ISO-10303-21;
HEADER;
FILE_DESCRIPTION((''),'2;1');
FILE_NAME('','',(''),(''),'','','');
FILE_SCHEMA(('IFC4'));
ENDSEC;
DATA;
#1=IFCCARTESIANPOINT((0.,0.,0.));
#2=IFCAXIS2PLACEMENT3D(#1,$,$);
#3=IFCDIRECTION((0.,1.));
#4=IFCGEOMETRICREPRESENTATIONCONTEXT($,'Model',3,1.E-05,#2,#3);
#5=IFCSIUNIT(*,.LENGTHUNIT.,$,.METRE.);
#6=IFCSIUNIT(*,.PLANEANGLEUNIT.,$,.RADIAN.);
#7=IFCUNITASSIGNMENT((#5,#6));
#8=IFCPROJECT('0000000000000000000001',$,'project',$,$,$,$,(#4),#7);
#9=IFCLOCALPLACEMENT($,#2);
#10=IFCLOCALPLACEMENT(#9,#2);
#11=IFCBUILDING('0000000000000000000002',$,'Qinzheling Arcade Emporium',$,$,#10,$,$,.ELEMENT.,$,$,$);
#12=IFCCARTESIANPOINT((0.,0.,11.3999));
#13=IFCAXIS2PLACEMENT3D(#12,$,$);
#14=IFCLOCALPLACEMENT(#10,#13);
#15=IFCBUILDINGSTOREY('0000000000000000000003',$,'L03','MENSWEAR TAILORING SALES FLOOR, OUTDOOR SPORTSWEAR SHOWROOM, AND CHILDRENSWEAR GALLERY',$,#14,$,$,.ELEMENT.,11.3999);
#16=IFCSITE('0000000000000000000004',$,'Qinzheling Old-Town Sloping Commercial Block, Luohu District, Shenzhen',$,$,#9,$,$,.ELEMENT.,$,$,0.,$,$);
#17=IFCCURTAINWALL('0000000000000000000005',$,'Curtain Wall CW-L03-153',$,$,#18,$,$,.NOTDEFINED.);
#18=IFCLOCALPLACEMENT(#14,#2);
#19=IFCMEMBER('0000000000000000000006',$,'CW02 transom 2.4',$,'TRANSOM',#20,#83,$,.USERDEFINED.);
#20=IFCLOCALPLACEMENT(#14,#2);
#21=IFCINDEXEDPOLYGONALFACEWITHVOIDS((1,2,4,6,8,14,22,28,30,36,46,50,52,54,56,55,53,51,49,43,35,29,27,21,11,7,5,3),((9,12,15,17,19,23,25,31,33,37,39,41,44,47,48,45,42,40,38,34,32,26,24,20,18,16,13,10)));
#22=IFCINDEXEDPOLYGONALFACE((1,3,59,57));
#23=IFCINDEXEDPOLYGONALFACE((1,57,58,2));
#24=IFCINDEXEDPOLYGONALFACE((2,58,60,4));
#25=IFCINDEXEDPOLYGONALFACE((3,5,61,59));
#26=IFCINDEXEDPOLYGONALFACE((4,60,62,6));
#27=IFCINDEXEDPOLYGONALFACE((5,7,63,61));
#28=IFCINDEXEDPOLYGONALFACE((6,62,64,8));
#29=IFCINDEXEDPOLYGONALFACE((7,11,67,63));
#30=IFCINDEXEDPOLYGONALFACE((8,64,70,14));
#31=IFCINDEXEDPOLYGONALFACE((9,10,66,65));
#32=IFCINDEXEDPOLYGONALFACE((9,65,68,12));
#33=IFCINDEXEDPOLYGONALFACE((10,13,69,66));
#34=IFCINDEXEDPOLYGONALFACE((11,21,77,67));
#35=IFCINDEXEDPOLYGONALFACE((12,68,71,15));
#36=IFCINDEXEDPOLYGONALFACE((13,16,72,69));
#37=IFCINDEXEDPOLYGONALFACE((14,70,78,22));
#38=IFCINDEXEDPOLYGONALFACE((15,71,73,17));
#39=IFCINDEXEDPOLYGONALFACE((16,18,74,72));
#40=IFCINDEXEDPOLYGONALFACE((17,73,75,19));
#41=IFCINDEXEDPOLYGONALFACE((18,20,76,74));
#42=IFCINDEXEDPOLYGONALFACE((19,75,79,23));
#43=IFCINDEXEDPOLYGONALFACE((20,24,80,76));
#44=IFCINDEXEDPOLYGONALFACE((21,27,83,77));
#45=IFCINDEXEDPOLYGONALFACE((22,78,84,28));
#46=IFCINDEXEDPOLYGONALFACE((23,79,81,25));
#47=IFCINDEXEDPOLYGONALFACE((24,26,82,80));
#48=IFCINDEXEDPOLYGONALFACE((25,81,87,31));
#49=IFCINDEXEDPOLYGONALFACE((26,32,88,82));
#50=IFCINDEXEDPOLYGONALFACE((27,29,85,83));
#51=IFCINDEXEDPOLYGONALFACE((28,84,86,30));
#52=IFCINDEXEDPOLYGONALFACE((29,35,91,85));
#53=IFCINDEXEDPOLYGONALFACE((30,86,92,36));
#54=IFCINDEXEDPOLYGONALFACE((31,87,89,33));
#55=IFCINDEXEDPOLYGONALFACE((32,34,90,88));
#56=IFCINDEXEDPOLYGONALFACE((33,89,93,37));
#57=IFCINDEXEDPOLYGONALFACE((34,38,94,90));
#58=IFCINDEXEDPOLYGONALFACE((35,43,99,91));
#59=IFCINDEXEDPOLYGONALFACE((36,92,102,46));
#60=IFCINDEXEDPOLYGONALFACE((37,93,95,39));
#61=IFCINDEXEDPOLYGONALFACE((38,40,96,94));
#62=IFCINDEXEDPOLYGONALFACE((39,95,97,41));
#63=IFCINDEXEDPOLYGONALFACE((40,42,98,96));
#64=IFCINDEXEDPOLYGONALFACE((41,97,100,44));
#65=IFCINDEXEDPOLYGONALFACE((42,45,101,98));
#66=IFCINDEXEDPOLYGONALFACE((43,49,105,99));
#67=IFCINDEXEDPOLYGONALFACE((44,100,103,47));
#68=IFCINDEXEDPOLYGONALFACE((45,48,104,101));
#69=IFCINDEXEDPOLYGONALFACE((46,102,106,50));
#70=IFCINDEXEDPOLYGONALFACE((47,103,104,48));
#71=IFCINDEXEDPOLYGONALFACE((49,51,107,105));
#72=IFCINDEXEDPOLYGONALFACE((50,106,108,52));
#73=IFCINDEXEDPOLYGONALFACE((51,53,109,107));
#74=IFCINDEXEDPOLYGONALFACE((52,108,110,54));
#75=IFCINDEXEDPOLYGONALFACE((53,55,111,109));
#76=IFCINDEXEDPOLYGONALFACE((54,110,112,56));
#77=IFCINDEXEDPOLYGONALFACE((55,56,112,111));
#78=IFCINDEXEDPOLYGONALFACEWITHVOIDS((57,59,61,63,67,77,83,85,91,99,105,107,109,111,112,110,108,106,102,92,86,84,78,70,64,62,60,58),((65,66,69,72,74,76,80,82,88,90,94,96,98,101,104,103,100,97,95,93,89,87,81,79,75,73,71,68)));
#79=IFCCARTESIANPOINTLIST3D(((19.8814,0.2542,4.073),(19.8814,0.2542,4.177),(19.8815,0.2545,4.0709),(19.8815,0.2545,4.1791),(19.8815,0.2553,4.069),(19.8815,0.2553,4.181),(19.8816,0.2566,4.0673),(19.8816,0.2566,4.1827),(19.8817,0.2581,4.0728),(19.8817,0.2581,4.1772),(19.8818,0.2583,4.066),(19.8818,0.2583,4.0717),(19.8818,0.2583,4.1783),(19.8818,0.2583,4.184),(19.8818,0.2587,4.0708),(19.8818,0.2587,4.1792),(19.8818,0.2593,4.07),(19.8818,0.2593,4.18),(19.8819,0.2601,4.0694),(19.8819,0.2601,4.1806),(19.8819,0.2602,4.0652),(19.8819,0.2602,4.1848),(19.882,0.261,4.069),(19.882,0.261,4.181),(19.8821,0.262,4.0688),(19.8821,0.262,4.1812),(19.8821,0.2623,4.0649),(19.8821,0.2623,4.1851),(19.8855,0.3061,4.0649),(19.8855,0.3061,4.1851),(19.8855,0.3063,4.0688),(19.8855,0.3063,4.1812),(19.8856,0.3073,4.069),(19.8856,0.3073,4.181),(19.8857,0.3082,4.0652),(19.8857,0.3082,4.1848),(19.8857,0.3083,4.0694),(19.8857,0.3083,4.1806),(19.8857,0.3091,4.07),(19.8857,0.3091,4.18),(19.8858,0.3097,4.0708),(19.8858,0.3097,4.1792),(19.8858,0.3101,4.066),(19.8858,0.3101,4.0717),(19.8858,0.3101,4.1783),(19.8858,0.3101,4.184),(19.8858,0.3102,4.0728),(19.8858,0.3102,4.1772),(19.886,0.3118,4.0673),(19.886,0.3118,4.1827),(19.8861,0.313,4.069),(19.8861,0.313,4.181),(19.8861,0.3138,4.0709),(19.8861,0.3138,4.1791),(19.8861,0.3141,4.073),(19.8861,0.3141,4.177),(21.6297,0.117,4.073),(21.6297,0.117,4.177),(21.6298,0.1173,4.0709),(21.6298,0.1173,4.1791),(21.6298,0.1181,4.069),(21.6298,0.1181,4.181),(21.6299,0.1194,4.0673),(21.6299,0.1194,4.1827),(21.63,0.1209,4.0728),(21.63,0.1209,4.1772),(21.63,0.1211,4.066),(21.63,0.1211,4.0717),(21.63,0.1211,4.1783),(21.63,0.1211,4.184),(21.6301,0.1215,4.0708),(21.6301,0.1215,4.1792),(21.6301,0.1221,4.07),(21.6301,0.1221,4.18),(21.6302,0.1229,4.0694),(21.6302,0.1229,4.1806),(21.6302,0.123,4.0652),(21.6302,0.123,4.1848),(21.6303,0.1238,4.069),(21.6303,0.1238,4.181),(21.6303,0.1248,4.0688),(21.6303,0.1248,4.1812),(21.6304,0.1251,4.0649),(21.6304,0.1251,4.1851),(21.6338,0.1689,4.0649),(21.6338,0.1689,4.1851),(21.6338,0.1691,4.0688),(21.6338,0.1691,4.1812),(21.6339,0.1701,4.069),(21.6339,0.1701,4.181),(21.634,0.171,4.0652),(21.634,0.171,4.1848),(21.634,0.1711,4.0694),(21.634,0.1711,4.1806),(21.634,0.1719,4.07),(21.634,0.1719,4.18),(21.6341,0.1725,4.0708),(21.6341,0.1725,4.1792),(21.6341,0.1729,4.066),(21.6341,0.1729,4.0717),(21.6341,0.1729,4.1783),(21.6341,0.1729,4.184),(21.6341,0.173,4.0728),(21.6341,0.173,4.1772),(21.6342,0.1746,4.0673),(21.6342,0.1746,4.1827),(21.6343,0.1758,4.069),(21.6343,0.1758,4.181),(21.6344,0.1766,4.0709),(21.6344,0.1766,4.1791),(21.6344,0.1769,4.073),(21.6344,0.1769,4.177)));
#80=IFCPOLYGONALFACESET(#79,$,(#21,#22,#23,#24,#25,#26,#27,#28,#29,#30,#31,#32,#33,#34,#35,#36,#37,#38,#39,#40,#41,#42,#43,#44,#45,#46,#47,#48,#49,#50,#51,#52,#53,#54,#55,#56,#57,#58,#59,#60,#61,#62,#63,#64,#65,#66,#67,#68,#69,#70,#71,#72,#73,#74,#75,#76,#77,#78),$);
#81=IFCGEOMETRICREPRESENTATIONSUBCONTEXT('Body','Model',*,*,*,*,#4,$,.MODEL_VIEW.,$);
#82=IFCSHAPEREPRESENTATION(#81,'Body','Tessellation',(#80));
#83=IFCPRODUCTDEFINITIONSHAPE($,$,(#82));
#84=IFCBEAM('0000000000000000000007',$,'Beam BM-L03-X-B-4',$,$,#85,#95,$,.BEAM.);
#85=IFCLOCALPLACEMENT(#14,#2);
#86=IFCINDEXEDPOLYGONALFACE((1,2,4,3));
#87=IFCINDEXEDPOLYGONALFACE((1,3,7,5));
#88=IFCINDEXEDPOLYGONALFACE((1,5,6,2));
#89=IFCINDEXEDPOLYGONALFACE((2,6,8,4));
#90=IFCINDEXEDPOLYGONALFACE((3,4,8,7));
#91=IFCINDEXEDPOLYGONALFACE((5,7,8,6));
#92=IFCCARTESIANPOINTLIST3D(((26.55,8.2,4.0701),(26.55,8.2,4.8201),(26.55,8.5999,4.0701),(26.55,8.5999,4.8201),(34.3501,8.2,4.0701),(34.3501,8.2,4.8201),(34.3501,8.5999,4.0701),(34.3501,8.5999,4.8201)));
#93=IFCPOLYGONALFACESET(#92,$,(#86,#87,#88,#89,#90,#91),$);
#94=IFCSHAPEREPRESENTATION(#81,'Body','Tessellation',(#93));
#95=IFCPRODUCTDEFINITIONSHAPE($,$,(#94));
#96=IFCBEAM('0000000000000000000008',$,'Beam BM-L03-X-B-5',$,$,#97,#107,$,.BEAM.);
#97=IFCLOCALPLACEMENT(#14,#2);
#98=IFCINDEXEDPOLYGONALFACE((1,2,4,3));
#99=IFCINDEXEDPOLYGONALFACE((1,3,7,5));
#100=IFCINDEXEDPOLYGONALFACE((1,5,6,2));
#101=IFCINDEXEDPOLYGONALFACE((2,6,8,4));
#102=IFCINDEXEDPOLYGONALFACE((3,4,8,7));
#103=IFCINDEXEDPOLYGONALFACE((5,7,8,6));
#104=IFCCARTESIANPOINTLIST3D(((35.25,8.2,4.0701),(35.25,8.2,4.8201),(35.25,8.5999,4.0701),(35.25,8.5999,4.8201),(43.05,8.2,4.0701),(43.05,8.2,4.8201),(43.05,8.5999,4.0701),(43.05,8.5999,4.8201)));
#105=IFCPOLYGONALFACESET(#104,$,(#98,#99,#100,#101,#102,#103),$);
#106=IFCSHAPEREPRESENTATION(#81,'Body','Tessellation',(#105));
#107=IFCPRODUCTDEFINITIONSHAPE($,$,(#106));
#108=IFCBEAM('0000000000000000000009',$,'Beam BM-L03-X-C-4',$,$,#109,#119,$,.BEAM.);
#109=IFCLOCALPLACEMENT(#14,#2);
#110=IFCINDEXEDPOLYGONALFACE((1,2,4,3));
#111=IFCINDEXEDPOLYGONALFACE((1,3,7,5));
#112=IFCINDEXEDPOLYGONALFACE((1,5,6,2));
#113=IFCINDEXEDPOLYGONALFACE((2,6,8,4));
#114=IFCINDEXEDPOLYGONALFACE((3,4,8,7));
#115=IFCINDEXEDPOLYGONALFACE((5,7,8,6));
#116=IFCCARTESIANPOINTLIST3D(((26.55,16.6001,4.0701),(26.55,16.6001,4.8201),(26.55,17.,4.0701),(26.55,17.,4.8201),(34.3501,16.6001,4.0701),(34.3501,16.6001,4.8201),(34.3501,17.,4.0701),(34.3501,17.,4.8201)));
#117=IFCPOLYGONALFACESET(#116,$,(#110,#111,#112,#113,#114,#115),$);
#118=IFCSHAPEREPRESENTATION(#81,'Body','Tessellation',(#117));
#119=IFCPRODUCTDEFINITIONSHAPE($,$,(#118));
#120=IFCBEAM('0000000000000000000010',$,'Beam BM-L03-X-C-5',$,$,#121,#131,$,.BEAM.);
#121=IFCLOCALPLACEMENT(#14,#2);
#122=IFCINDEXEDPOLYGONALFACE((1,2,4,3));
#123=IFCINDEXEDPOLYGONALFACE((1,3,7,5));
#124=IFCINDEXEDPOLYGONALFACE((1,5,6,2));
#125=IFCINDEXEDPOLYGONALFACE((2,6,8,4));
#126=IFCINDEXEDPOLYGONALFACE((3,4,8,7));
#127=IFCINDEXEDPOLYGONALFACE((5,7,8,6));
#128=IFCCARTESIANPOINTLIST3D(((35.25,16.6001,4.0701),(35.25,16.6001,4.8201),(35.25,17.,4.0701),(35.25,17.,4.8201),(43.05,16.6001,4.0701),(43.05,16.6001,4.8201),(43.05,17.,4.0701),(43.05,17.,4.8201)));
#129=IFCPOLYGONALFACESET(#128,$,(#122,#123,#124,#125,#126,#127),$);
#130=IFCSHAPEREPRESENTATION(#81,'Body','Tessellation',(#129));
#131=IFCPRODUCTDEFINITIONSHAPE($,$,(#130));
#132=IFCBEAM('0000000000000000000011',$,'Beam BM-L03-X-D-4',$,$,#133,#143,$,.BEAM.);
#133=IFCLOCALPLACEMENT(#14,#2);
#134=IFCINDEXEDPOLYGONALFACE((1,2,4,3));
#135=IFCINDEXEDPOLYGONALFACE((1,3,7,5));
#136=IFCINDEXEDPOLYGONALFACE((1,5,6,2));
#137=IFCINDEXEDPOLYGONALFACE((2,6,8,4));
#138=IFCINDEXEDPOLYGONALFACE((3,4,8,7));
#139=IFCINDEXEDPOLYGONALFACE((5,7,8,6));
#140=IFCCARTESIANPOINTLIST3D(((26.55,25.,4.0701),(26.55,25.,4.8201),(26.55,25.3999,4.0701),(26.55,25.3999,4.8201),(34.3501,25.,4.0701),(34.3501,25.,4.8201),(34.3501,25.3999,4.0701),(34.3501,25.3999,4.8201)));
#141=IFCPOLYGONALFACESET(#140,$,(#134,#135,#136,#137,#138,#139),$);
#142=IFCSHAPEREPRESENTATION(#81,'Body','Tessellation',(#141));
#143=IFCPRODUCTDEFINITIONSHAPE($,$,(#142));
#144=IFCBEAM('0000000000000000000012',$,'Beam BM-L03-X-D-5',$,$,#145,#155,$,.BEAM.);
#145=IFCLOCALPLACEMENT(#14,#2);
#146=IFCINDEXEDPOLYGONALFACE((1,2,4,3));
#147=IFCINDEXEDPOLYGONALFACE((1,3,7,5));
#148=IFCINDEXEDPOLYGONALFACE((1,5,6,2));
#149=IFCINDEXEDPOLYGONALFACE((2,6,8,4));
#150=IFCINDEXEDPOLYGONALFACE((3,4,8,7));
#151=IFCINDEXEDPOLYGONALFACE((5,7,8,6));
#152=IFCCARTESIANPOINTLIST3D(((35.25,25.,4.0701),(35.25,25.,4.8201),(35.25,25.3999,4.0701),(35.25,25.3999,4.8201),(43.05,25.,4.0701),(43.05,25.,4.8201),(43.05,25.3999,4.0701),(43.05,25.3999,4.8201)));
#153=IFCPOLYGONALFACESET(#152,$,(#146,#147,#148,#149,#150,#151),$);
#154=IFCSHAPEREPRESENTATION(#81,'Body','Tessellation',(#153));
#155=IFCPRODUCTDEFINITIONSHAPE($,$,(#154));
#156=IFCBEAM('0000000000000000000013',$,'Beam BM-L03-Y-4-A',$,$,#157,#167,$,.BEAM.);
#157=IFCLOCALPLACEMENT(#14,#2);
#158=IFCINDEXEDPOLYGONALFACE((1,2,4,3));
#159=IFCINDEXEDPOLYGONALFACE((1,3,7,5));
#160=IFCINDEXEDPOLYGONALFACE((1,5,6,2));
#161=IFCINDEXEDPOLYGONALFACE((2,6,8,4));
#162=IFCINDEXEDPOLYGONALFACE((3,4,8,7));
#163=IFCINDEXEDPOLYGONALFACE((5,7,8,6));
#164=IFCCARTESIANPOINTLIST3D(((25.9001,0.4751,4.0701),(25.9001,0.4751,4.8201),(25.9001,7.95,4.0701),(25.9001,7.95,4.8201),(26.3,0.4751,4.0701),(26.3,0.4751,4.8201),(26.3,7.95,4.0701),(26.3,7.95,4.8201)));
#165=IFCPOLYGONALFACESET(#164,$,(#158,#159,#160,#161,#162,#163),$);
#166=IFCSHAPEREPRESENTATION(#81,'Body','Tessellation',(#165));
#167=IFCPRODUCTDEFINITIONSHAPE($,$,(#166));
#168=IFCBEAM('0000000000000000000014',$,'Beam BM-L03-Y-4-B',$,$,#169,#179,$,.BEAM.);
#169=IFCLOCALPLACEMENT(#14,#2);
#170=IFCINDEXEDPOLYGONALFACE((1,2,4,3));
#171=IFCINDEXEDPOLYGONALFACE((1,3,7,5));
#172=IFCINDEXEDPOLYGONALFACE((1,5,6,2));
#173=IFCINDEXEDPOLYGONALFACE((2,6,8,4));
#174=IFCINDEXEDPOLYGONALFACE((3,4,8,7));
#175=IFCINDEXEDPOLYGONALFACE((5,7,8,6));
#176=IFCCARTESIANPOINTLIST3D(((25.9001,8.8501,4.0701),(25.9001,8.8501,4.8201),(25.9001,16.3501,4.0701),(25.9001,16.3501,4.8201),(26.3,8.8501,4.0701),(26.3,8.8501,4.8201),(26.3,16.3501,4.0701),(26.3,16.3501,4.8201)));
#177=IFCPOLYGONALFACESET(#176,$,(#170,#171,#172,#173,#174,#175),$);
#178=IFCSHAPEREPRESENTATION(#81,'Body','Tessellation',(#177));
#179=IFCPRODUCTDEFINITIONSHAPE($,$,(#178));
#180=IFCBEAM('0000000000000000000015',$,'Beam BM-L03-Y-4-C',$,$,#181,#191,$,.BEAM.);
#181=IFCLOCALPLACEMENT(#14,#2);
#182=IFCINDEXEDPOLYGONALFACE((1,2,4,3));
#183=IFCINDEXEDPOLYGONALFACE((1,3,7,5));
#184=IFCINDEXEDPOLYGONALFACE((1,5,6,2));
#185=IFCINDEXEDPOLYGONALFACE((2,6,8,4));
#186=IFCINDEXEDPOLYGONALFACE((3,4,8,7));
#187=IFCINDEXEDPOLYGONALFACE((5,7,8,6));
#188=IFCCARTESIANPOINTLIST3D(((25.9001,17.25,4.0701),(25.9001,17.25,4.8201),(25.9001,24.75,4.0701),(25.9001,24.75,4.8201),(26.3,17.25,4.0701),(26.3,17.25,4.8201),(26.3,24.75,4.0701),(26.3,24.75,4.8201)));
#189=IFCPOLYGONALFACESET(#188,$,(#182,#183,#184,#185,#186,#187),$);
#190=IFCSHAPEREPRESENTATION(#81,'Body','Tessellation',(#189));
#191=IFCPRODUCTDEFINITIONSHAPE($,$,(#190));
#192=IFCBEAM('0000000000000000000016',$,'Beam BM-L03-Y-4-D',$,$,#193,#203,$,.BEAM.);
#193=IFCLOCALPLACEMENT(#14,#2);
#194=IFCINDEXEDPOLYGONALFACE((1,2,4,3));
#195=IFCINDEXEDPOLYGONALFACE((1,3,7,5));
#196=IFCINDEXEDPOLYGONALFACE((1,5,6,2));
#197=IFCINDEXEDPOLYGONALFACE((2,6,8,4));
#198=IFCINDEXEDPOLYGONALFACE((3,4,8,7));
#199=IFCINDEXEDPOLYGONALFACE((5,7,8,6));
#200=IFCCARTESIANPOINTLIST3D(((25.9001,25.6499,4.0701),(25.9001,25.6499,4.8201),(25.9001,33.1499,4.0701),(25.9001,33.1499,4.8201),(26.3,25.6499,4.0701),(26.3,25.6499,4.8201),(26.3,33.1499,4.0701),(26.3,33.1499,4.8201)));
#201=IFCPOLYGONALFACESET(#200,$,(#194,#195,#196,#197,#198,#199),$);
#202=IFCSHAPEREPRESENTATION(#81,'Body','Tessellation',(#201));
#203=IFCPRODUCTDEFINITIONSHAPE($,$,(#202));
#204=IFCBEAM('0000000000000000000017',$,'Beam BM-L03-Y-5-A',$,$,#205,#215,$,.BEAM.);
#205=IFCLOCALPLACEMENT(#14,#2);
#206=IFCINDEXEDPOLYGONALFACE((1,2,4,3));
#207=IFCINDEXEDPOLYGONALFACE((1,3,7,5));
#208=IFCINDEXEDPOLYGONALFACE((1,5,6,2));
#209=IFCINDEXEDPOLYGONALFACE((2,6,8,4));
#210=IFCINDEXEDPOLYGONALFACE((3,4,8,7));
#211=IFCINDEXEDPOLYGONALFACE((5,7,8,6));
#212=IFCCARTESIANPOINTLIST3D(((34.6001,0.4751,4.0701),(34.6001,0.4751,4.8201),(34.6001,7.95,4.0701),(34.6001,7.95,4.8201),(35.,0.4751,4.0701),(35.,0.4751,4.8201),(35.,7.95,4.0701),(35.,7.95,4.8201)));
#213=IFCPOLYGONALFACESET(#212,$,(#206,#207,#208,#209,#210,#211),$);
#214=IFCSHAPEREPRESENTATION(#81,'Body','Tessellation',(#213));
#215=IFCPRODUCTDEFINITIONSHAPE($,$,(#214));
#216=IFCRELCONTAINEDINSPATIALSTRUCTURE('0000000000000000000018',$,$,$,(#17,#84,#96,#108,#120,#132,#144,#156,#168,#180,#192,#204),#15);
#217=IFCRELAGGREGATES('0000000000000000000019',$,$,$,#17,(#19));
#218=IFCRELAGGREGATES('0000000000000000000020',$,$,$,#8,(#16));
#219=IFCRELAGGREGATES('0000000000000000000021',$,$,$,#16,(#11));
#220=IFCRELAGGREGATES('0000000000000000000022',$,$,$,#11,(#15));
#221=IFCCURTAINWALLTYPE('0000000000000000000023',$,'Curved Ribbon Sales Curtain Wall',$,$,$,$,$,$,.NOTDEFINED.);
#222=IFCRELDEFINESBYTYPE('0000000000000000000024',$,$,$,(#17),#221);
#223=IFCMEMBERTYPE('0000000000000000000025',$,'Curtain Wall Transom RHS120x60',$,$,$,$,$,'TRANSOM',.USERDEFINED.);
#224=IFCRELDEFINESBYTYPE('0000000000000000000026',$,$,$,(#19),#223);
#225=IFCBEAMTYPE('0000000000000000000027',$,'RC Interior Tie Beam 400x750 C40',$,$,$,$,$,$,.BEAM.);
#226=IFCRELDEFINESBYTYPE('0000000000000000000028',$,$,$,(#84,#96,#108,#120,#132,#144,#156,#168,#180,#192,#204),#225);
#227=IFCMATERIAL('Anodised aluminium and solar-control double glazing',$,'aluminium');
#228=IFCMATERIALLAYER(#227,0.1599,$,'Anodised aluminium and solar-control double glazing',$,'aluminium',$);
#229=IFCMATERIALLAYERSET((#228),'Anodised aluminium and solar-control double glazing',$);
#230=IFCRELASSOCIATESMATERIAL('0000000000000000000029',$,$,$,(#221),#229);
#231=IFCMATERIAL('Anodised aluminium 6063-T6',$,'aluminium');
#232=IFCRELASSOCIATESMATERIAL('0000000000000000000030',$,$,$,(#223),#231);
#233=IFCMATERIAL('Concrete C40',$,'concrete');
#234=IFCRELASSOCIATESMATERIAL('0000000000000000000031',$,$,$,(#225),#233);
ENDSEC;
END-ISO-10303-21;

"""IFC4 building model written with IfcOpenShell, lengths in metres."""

from ifc_helpers import new_model, si_unit, direction, frame, origin, origin_2d, place, context, subcontext, project, spatial, rectangle, hollow_rectangle, extrude, material, layer, layer_set, material_profile, profile_set, type_object, element, aggregate, save


model = new_model("IFC4")

# Units and contexts
model_context = context("Model", 3, precision=1e-05, world=origin(), true_north=direction((0.0, 1.0)))
body_context = subcontext(model_context, "Body", "Model", "MODEL_VIEW")
ifc_project = project(units=[si_unit("LENGTHUNIT", "METRE"), si_unit("PLANEANGLEUNIT", "RADIAN")], contexts=[model_context])

# Site, building, storey
site_placement = place(None, origin())
site = spatial("IfcSite", under=ifc_project, at=site_placement, Name="Qinzheling Old-Town Sloping Commercial Block, Luohu District, Shenzhen", CompositionType="ELEMENT", RefElevation=0.0)
building_placement = place(site_placement, origin())
building = spatial("IfcBuilding", under=site, at=building_placement, Name="Qinzheling Arcade Emporium", CompositionType="ELEMENT")
storey_placement = place(building_placement, frame((0.0, 0.0, 11.3999)))
storey = spatial("IfcBuildingStorey", under=building, at=storey_placement, Name="L03", Description="MENSWEAR TAILORING SALES FLOOR, OUTDOOR SPORTSWEAR SHOWROOM, AND CHILDRENSWEAR GALLERY", CompositionType="ELEMENT", Elevation=11.3999)

# Shared definitions
ifc_material_1 = material(Name="Anodised aluminium and solar-control double glazing", Category="aluminium")
ifc_material_2 = material(Name="Anodised aluminium 6063-T6", Category="aluminium")

# Curtain wall, member
ifc_layer_1 = layer(ifc_material_1, 0.1599, Name="Anodised aluminium and solar-control double glazing", Category="aluminium")
ifc_layer_set_1 = layer_set([ifc_layer_1], Name="Anodised aluminium and solar-control double glazing")
curtain_wall_type_1 = type_object("IfcCurtainWallType", Name="Curved Ribbon Sales Curtain Wall", PredefinedType="NOTDEFINED", material=ifc_layer_set_1)
curtain_wall_1_placement = place(storey_placement, origin())
curtain_wall_1 = element("IfcCurtainWall", 1, at=curtain_wall_1_placement, inside=storey, type_object=curtain_wall_type_1, Name="Curtain Wall CW-L03-153", PredefinedType="NOTDEFINED")
ifc_material_profile_1 = material_profile(ifc_material_2, hollow_rectangle(XDim=0.0601, YDim=0.1201, WallThickness=0.0039, InnerFilletRadius=0.0039, OuterFilletRadius=0.0081, at=origin_2d()), Name="RHS 120x60x4", Category="aluminium")
ifc_profile_set_1 = profile_set([ifc_material_profile_1], Name="Anodised aluminium 6063-T6")
member_type_1 = type_object("IfcMemberType", Name="Curtain Wall Transom RHS120x60", ElementType="TRANSOM", PredefinedType="USERDEFINED", material=ifc_profile_set_1)
member_1_placement = place(storey_placement, frame((21.6321, 0.147, 4.125), z_axis=(-0.996935, 0.07824, 0.0), x_axis=(-0.07824, -0.996935, 0.0)))
member_1 = element("IfcMember", 2, at=member_1_placement, type_object=member_type_1, Name="CW02 transom 2.4", ObjectType="TRANSOM", PredefinedType="USERDEFINED", context=body_context, shape_type="SweptSolid", body=[
    extrude(hollow_rectangle(XDim=0.0601, YDim=0.1201, WallThickness=0.0039, InnerFilletRadius=0.0039, OuterFilletRadius=0.0081, at=origin_2d()), origin(), (0.0, 0.0, 1.0), 1.7537),
])

# Beams
ifc_material_3 = material(Name="Concrete C40", Category="concrete")
ifc_material_profile_2 = material_profile(ifc_material_3, rectangle(XDim=0.3999, YDim=0.75, at=origin_2d()), Name="RC 400x750", Category="concrete")
ifc_profile_set_2 = profile_set([ifc_material_profile_2], Name="Concrete C40")
beam_type = type_object("IfcBeamType", Name="RC Interior Tie Beam 400x750 C40", PredefinedType="BEAM", material=ifc_profile_set_2)
for number, where, z_axis, x_axis, name in (
    (3, (26.55, 8.3999, 4.4451), (1.0, 0.0, 0.0), (0.0, 1.0, 0.0), "Beam BM-L03-X-B-4"),
    (4, (35.25, 8.3999, 4.4451), (1.0, 0.0, 0.0), (0.0, 1.0, 0.0), "Beam BM-L03-X-B-5"),
    (5, (26.55, 16.8, 4.4451), (1.0, 0.0, 0.0), (0.0, 1.0, 0.0), "Beam BM-L03-X-C-4"),
    (6, (35.25, 16.8, 4.4451), (1.0, 0.0, 0.0), (0.0, 1.0, 0.0), "Beam BM-L03-X-C-5"),
    (7, (26.55, 25.2, 4.4451), (1.0, 0.0, 0.0), (0.0, 1.0, 0.0), "Beam BM-L03-X-D-4"),
    (8, (35.25, 25.2, 4.4451), (1.0, 0.0, 0.0), (0.0, 1.0, 0.0), "Beam BM-L03-X-D-5"),
):
    element("IfcBeam", number, at=place(storey_placement, frame(where, z_axis=z_axis, x_axis=x_axis)), inside=storey, type_object=beam_type, Name=name, PredefinedType="BEAM", context=body_context, shape_type="SweptSolid", body=[
        extrude(rectangle(XDim=0.3999, YDim=0.75, at=origin_2d()), origin(), (0.0, 0.0, 1.0), 7.8),
    ])
beam_1_placement = place(storey_placement, frame((26.1001, 0.4751, 4.4451), z_axis=(0.0, 1.0, 0.0), x_axis=(-1.0, 0.0, 0.0)))
element("IfcBeam", 9, at=beam_1_placement, inside=storey, type_object=beam_type, Name="Beam BM-L03-Y-4-A", PredefinedType="BEAM", context=body_context, shape_type="SweptSolid", body=[
    extrude(rectangle(XDim=0.3999, YDim=0.75, at=origin_2d()), origin(), (0.0, 0.0, 1.0), 7.4749),
])
for number, where, z_axis, x_axis, name in (
    (10, (26.1001, 8.8501, 4.4451), (0.0, 1.0, 0.0), (-1.0, 0.0, 0.0), "Beam BM-L03-Y-4-B"),
    (11, (26.1001, 17.25, 4.4451), (0.0, 1.0, 0.0), (-1.0, 0.0, 0.0), "Beam BM-L03-Y-4-C"),
    (12, (26.1001, 25.6499, 4.4451), (0.0, 1.0, 0.0), (-1.0, 0.0, 0.0), "Beam BM-L03-Y-4-D"),
):
    element("IfcBeam", number, at=place(storey_placement, frame(where, z_axis=z_axis, x_axis=x_axis)), inside=storey, type_object=beam_type, Name=name, PredefinedType="BEAM", context=body_context, shape_type="SweptSolid", body=[
        extrude(rectangle(XDim=0.3999, YDim=0.75, at=origin_2d()), origin(), (0.0, 0.0, 1.0), 7.5),
    ])
beam_2_placement = place(storey_placement, frame((34.8, 0.4751, 4.4451), z_axis=(0.0, 1.0, 0.0), x_axis=(-1.0, 0.0, 0.0)))
element("IfcBeam", 13, at=beam_2_placement, inside=storey, type_object=beam_type, Name="Beam BM-L03-Y-5-A", PredefinedType="BEAM", context=body_context, shape_type="SweptSolid", body=[
    extrude(rectangle(XDim=0.3999, YDim=0.75, at=origin_2d()), origin(), (0.0, 0.0, 1.0), 7.4749),
])

aggregate(curtain_wall_1, [member_1])

save(model, "model.ifc")
